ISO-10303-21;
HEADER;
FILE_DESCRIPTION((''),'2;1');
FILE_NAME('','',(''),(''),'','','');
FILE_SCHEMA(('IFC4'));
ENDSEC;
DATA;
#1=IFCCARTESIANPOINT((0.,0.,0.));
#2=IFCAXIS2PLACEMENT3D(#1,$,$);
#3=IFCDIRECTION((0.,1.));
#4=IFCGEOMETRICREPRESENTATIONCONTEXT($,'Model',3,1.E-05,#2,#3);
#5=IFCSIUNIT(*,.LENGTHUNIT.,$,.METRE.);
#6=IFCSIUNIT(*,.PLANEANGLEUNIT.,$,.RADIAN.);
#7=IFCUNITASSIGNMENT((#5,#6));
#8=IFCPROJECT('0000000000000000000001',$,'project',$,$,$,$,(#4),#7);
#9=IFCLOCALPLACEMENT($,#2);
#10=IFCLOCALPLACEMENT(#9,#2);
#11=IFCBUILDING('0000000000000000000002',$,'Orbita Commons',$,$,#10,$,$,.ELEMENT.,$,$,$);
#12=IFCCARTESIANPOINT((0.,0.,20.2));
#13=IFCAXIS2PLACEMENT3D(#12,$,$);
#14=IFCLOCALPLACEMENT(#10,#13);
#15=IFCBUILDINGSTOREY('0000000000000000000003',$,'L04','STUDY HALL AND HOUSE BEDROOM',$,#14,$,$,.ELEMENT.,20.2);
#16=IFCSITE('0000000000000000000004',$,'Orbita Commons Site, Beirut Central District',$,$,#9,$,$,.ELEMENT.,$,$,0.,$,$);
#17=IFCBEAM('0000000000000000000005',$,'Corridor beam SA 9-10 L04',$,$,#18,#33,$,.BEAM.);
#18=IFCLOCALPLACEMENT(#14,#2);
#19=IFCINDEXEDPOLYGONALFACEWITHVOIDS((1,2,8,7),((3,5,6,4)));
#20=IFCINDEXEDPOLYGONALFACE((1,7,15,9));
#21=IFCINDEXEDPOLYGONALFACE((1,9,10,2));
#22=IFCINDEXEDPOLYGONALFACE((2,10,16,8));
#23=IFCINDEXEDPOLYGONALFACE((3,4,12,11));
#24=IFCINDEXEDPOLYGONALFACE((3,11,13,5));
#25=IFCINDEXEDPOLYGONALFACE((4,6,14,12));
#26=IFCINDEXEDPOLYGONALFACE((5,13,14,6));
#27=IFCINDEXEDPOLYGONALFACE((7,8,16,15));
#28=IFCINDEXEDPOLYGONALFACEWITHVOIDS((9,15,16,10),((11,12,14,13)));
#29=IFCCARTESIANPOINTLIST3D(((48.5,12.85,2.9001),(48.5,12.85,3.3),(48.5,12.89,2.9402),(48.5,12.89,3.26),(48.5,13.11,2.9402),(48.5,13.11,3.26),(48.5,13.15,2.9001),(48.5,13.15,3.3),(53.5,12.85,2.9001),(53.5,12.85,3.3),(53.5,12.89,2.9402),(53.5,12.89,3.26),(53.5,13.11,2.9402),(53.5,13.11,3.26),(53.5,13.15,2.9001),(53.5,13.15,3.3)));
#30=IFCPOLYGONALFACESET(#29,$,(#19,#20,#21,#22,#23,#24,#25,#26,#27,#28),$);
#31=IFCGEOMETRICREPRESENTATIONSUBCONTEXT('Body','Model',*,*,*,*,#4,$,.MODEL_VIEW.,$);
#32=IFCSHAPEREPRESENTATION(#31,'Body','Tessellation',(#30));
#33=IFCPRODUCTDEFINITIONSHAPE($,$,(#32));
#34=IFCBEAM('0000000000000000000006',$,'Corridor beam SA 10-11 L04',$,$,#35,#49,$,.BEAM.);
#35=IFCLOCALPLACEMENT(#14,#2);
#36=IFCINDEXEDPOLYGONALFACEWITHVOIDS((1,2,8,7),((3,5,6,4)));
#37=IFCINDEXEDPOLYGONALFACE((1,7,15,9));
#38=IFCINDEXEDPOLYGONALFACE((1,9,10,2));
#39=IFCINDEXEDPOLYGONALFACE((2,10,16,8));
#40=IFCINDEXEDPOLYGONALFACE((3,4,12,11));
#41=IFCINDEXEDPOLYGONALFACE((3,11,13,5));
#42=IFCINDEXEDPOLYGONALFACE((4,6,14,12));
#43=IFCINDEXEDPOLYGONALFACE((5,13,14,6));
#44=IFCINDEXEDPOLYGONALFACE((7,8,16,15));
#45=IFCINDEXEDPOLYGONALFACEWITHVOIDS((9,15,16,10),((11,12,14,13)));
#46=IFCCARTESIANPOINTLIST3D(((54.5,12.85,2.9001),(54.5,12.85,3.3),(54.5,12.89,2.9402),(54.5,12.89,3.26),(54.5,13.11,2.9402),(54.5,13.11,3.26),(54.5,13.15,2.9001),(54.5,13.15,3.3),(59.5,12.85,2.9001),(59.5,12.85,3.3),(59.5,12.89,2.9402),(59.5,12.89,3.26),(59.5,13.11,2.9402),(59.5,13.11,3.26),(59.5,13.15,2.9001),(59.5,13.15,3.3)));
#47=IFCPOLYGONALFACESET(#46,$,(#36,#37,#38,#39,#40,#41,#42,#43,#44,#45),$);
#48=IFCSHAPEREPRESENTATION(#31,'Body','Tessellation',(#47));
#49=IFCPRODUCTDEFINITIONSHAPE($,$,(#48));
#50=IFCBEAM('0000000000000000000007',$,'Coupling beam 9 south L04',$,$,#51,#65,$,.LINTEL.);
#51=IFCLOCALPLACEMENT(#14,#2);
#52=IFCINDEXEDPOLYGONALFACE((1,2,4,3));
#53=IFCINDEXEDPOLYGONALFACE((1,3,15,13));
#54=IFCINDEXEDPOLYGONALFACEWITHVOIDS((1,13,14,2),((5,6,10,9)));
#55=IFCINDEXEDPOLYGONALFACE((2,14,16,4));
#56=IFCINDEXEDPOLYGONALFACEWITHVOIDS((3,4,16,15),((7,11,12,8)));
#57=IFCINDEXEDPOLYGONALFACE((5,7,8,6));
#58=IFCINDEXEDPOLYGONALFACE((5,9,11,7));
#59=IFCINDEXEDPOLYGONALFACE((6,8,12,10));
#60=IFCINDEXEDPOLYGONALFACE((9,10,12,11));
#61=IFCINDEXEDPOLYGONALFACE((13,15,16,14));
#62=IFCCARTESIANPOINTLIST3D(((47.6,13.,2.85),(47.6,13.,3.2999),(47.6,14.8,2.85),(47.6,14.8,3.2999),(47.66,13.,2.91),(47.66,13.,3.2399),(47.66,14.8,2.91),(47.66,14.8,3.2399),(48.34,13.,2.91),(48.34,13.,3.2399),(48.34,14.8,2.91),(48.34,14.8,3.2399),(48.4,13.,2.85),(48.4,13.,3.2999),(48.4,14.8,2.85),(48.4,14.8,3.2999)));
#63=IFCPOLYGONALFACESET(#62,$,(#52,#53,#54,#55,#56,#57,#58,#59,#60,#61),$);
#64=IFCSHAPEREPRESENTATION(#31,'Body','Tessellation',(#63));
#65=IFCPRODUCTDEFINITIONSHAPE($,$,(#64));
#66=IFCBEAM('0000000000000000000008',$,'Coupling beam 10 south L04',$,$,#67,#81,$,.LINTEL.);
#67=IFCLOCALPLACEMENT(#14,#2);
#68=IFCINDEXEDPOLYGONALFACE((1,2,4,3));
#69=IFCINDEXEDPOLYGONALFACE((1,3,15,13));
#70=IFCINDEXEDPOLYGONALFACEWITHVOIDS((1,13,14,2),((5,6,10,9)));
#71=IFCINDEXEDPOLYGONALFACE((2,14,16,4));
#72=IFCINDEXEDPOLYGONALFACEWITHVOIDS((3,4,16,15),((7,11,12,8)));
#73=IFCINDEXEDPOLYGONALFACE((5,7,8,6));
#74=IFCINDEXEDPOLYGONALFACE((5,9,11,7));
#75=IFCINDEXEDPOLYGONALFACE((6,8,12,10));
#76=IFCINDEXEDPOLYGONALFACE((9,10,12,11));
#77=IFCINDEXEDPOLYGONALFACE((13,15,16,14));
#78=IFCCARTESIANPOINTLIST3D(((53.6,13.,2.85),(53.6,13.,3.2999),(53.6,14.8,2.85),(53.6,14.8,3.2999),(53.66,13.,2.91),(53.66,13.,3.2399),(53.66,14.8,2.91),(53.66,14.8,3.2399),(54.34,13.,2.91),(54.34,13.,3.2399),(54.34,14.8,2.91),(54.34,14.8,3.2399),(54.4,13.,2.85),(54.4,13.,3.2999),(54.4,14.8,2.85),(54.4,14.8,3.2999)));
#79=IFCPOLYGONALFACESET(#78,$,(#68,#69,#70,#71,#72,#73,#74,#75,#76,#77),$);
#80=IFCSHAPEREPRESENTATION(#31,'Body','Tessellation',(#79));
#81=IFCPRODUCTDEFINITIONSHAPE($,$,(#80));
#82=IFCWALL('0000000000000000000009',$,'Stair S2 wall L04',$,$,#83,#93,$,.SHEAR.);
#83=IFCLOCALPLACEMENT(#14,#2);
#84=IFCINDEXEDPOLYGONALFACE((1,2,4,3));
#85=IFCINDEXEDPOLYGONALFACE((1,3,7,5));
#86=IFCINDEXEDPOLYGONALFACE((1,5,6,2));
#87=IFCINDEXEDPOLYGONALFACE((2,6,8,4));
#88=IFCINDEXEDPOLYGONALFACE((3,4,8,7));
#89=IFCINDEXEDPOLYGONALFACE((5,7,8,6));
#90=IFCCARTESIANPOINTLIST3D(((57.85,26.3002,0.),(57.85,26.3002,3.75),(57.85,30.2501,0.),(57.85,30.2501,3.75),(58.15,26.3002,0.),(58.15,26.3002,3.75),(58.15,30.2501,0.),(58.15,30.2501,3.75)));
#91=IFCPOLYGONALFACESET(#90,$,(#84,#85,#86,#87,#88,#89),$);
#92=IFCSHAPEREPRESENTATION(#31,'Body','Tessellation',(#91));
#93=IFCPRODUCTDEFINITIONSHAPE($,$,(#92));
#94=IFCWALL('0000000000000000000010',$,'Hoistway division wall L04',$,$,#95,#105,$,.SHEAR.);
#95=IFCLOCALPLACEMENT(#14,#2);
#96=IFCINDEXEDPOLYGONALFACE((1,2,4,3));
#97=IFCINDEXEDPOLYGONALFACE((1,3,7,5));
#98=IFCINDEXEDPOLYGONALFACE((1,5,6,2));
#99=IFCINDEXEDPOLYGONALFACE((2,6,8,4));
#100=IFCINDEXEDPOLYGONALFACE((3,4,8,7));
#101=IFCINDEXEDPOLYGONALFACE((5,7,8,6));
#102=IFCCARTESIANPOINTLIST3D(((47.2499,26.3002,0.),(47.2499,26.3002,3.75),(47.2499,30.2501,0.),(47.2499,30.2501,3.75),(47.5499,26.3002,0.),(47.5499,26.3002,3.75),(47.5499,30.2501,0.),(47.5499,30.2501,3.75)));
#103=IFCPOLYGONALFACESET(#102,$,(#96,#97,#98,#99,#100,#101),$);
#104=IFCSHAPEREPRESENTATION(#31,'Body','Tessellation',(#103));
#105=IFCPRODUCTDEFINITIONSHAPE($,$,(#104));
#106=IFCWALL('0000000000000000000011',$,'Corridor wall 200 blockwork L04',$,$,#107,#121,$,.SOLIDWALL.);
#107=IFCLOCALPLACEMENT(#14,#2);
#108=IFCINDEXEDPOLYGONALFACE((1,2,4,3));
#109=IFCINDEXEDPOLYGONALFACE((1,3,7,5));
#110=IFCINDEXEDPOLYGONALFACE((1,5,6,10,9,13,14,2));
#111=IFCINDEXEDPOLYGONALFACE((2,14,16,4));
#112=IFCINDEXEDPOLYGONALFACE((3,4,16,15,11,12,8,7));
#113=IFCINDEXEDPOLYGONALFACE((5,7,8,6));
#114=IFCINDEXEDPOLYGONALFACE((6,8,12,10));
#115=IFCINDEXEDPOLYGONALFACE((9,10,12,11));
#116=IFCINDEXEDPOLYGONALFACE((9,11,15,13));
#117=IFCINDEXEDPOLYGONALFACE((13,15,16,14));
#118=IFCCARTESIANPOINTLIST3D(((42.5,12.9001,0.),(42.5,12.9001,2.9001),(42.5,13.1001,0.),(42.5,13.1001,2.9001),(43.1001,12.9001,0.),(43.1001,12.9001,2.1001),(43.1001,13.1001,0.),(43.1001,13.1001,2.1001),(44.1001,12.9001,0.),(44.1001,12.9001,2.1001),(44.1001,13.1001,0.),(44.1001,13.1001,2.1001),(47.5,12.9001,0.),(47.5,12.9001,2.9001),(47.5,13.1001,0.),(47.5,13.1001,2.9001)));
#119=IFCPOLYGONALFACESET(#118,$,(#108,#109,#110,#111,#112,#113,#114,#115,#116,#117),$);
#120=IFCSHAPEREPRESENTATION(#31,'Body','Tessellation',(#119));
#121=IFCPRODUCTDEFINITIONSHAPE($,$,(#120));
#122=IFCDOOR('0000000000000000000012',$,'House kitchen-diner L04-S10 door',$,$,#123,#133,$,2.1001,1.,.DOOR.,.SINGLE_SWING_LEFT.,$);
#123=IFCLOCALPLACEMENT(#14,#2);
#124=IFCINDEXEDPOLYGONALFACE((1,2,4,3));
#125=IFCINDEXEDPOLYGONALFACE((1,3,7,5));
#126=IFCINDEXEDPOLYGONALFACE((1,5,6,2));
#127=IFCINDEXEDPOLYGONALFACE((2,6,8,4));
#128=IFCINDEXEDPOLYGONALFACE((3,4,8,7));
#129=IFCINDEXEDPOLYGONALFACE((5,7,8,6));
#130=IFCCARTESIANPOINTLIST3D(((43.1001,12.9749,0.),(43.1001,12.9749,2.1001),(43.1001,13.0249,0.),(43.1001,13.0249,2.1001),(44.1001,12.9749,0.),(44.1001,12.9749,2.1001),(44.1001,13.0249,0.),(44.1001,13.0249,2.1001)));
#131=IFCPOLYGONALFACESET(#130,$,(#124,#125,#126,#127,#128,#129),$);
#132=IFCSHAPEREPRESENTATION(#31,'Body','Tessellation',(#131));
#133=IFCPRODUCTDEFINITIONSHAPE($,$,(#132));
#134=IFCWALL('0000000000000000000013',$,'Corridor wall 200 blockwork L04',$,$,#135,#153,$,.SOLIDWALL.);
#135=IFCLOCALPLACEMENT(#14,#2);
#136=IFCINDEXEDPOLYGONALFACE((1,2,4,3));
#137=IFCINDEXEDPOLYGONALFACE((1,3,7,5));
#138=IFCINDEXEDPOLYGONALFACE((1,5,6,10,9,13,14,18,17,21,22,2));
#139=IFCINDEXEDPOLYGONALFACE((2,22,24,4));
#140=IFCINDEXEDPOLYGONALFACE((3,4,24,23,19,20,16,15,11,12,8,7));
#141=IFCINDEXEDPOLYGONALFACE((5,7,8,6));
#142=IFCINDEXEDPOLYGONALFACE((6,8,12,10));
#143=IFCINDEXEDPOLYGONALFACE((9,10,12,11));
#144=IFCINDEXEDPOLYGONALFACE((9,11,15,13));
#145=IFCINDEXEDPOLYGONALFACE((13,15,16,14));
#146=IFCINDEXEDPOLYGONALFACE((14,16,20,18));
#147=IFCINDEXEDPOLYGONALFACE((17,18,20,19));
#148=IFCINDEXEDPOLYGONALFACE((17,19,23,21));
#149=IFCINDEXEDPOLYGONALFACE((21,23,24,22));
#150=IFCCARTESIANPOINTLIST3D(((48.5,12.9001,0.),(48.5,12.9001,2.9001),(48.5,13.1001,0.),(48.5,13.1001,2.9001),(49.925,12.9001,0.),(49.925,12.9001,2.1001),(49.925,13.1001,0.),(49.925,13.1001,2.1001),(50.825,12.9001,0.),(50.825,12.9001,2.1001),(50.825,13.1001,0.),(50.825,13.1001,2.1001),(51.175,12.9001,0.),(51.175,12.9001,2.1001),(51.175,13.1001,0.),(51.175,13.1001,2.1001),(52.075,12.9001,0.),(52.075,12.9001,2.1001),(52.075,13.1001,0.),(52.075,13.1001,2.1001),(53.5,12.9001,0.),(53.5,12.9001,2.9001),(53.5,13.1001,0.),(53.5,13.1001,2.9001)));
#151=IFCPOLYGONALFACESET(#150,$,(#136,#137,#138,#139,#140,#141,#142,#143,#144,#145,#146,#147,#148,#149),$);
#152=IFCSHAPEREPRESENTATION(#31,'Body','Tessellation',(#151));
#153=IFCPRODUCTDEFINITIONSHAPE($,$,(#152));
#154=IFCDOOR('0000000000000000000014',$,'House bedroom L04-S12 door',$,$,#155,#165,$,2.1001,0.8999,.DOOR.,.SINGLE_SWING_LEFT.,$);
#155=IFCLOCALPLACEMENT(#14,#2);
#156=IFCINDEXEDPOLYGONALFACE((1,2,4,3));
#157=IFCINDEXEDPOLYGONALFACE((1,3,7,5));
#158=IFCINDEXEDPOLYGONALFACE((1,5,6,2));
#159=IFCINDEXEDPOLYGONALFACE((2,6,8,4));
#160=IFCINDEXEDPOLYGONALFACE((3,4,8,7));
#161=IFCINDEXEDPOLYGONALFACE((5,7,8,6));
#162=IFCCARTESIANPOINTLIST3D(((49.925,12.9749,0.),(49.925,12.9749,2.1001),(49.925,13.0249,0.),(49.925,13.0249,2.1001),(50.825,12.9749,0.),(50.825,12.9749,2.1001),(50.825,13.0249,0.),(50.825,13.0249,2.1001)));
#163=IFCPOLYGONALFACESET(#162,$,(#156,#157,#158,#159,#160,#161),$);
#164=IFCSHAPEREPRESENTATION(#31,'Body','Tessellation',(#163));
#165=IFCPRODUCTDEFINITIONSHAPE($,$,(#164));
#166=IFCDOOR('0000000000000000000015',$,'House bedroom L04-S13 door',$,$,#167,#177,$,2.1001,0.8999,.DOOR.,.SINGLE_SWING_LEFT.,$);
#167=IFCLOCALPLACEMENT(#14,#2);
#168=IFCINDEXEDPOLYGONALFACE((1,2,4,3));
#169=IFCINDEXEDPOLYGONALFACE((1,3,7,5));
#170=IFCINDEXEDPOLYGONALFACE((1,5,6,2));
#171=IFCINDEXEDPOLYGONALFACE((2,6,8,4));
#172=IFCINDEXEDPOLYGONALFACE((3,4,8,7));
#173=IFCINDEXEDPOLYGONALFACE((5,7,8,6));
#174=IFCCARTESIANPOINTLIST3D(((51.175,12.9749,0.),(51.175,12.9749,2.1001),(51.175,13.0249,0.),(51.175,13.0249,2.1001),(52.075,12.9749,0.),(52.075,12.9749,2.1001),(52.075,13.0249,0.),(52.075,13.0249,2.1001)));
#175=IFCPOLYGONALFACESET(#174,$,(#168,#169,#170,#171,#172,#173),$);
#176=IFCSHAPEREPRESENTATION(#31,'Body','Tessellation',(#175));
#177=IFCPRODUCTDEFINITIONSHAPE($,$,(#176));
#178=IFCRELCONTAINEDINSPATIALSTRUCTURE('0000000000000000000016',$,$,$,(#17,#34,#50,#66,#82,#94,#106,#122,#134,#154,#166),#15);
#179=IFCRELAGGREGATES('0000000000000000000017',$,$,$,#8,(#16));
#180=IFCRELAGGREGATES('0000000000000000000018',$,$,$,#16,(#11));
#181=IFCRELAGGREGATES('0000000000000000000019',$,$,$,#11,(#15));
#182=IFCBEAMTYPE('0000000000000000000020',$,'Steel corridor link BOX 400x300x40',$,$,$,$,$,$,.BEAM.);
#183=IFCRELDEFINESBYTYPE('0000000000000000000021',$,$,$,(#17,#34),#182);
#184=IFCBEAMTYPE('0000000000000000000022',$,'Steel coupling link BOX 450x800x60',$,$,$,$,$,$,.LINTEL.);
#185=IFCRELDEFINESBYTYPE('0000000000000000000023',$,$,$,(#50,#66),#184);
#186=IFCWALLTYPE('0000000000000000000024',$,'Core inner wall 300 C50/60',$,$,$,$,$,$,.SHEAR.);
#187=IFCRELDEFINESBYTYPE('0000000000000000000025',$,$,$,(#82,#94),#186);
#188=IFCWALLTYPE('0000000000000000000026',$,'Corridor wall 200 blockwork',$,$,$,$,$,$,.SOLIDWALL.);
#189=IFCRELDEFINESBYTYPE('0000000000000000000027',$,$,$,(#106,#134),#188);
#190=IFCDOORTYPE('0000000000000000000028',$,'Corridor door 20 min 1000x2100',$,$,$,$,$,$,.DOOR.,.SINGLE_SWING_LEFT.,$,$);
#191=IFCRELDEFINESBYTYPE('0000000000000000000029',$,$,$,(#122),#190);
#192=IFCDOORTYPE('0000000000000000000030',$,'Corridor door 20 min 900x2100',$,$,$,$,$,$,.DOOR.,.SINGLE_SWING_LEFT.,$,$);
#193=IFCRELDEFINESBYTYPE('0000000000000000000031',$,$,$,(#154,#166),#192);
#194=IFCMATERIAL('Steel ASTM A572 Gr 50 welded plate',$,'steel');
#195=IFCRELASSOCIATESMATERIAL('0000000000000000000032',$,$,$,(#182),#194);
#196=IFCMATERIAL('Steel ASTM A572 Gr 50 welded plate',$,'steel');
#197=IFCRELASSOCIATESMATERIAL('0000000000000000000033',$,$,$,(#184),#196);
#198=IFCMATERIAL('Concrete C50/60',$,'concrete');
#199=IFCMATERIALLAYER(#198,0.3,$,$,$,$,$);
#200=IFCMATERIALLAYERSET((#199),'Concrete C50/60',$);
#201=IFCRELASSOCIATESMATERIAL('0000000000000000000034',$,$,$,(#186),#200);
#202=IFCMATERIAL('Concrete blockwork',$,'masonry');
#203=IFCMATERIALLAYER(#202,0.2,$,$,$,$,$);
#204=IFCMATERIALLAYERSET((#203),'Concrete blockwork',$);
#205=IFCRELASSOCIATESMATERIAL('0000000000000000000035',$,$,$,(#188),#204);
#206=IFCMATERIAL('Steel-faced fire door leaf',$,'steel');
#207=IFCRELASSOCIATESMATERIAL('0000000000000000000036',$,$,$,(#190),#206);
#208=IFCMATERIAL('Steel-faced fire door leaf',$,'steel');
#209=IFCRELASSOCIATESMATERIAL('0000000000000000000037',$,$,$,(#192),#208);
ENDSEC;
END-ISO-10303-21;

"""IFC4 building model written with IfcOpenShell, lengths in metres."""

from ifc_helpers import new_model, si_unit, direction, frame, frame_2d, origin, origin_2d, place, context, subcontext, project, spatial, polyline, rectangle, hollow_rectangle, outline, extrude, material, layer, layer_set, material_profile, profile_set, type_object, element, fill, save


model = new_model("IFC4")

# Units and contexts
model_context = context("Model", 3, precision=1e-05, world=origin(), true_north=direction((0.0, 1.0)))
body_context = subcontext(model_context, "Body", "Model", "MODEL_VIEW")
ifc_project = project(units=[si_unit("LENGTHUNIT", "METRE"), si_unit("PLANEANGLEUNIT", "RADIAN")], contexts=[model_context])

# Site, building, storey
site_placement = place(None, origin())
site = spatial("IfcSite", under=ifc_project, at=site_placement, Name="Orbita Commons Site, Beirut Central District", CompositionType="ELEMENT", RefElevation=0.0)
building_placement = place(site_placement, origin())
building = spatial("IfcBuilding", under=site, at=building_placement, Name="Orbita Commons", CompositionType="ELEMENT")
storey_placement = place(building_placement, frame((0.0, 0.0, 20.2)))
storey = spatial("IfcBuildingStorey", under=building, at=storey_placement, Name="L04", Description="STUDY HALL AND HOUSE BEDROOM", CompositionType="ELEMENT", Elevation=20.2)

# Beams
ifc_material_1 = material(Name="Steel ASTM A572 Gr 50 welded plate", Category="steel")
ifc_material_profile_1 = material_profile(ifc_material_1, hollow_rectangle(XDim=0.3, YDim=0.3999, WallThickness=0.04, at=origin_2d()), Name="BOX 400x300x40")
ifc_profile_set_1 = profile_set([ifc_material_profile_1], Name="Steel ASTM A572 Gr 50 welded plate")
beam_type_1 = type_object("IfcBeamType", Name="Steel corridor link BOX 400x300x40", PredefinedType="BEAM", material=ifc_profile_set_1)
for number, where, z_axis, x_axis, name in (
    (1, (48.5, 13.0, 3.1001), (1.0, 0.0, 0.0), (0.0, 1.0, 0.0), "Corridor beam SA 9-10 L04"),
    (2, (54.5, 13.0, 3.1001), (1.0, 0.0, 0.0), (0.0, 1.0, 0.0), "Corridor beam SA 10-11 L04"),
):
    element("IfcBeam", number, at=place(storey_placement, frame(where, z_axis=z_axis, x_axis=x_axis)), inside=storey, type_object=beam_type_1, Name=name, PredefinedType="BEAM", context=body_context, shape_type="SweptSolid", body=[
        extrude(hollow_rectangle(XDim=0.3, YDim=0.3999, WallThickness=0.04, at=origin_2d()), origin(), (0.0, 0.0, 1.0), 5.0),
    ])
ifc_material_2 = material(Name="Steel ASTM A572 Gr 50 welded plate", Category="steel")
ifc_material_profile_2 = material_profile(ifc_material_2, hollow_rectangle(XDim=0.8, YDim=0.45, WallThickness=0.0601, at=origin_2d()), Name="BOX 450x800x60")
ifc_profile_set_2 = profile_set([ifc_material_profile_2], Name="Steel ASTM A572 Gr 50 welded plate")
beam_type_2 = type_object("IfcBeamType", Name="Steel coupling link BOX 450x800x60", PredefinedType="LINTEL", material=ifc_profile_set_2)
for number, where, z_axis, x_axis, name in (
    (3, (48.0, 13.0, 3.075), (0.0, 1.0, 0.0), (-1.0, 0.0, 0.0), "Coupling beam 9 south L04"),
    (4, (54.0, 13.0, 3.075), (0.0, 1.0, 0.0), (-1.0, 0.0, 0.0), "Coupling beam 10 south L04"),
):
    element("IfcBeam", number, at=place(storey_placement, frame(where, z_axis=z_axis, x_axis=x_axis)), inside=storey, type_object=beam_type_2, Name=name, PredefinedType="LINTEL", context=body_context, shape_type="SweptSolid", body=[
        extrude(hollow_rectangle(XDim=0.8, YDim=0.45, WallThickness=0.0601, at=origin_2d()), origin(), (0.0, 0.0, 1.0), 1.8),
    ])

# Walls
ifc_material_3 = material(Name="Concrete C50/60", Category="concrete")
ifc_layer_1 = layer(ifc_material_3, 0.3)
ifc_layer_set_1 = layer_set([ifc_layer_1], Name="Concrete C50/60")
wall_type_1 = type_object("IfcWallType", Name="Core inner wall 300 C50/60", PredefinedType="SHEAR", material=ifc_layer_set_1)
for number, where, z_axis, x_axis, name in (
    (5, (58.0, 26.3, 0.0), (0.0, 0.0, 1.0), (0.0, 1.0, 0.0), "Stair S2 wall L04"),
    (6, (47.3999, 26.3, 0.0), (0.0, 0.0, 1.0), (0.0, 1.0, 0.0), "Hoistway division wall L04"),
):
    element("IfcWall", number, at=place(storey_placement, frame(where, z_axis=z_axis, x_axis=x_axis)), inside=storey, type_object=wall_type_1, Name=name, PredefinedType="SHEAR", context=body_context, shape_type="SweptSolid", body=[
        extrude(rectangle(XDim=3.95, YDim=0.3, at=frame_2d((1.9751, 0.0))), origin(), (0.0, 0.0, 1.0), 3.75),
    ])

# Wall, opening, door
ifc_material_4 = material(Name="Concrete blockwork", Category="masonry")
ifc_layer_2 = layer(ifc_material_4, 0.2)
ifc_layer_set_2 = layer_set([ifc_layer_2], Name="Concrete blockwork")
wall_type_2 = type_object("IfcWallType", Name="Corridor wall 200 blockwork", PredefinedType="SOLIDWALL", material=ifc_layer_set_2)
wall_1_placement = place(storey_placement, frame((42.5, 13.0, 0.0), z_axis=(0.0, 0.0, 1.0), x_axis=(1.0, 0.0, 0.0)))
wall_1 = element("IfcWall", 7, at=wall_1_placement, inside=storey, type_object=wall_type_2, Name="Corridor wall 200 blockwork L04", PredefinedType="SOLIDWALL", context=body_context, shape_type="SweptSolid", body=[
    extrude(outline(polyline([(0.0, 0.0), (5.0, 0.0), (5.0, 2.9001), (0.0, 2.9001), (0.0, 0.0)])), frame((0.0, 0.1001, 0.0), z_axis=(0.0, -1.0, 0.0), x_axis=(1.0, 0.0, 0.0)), (0.0, 0.0, 1.0), 0.2),
])
opening_1_placement = place(wall_1_placement, frame((0.6001, 0.0, 0.0)))
opening_1 = element("IfcOpeningElement", 8, at=opening_1_placement, cuts=wall_1, PredefinedType="OPENING", context=body_context, shape_type="SweptSolid", body=[
    extrude(rectangle(XDim=1.0, YDim=2.1001, at=frame_2d((0.5, 1.05))), frame((0.0, 0.1099, 0.0), z_axis=(0.0, -1.0, 0.0), x_axis=(1.0, 0.0, 0.0)), (0.0, 0.0, 1.0), 0.22),
])
ifc_material_5 = material(Name="Steel-faced fire door leaf", Category="steel")
door_type_1 = type_object("IfcDoorType", Name="Corridor door 20 min 1000x2100", OperationType="SINGLE_SWING_LEFT", PredefinedType="DOOR", material=ifc_material_5)
door_1_placement = place(opening_1_placement, origin())
door_1 = element("IfcDoor", 9, at=door_1_placement, inside=storey, type_object=door_type_1, Name="House kitchen-diner L04-S10 door", OperationType="SINGLE_SWING_LEFT", OverallHeight=2.1001, OverallWidth=1.0, PredefinedType="DOOR", context=body_context, shape_type="SweptSolid", body=[
    extrude(rectangle(XDim=1.0, YDim=2.1001, at=frame_2d((0.5, 1.05))), frame((0.0, 0.0249, 0.0), z_axis=(0.0, -1.0, 0.0), x_axis=(1.0, 0.0, 0.0)), (0.0, 0.0, 1.0), 0.05),
])
fill(opening_1, door_1)

# Wall, openings, doors
wall_2_placement = place(storey_placement, frame((48.5, 13.0, 0.0), z_axis=(0.0, 0.0, 1.0), x_axis=(1.0, 0.0, 0.0)))
wall_2 = element("IfcWall", 10, at=wall_2_placement, inside=storey, type_object=wall_type_2, Name="Corridor wall 200 blockwork L04", PredefinedType="SOLIDWALL", context=body_context, shape_type="SweptSolid", body=[
    extrude(outline(polyline([(0.0, 0.0), (5.0, 0.0), (5.0, 2.9001), (0.0, 2.9001), (0.0, 0.0)])), frame((0.0, 0.1001, 0.0), z_axis=(0.0, -1.0, 0.0), x_axis=(1.0, 0.0, 0.0)), (0.0, 0.0, 1.0), 0.2),
])
opening_2_placement = place(wall_2_placement, frame((1.425, 0.0, 0.0)))
opening_2 = element("IfcOpeningElement", 11, at=opening_2_placement, cuts=wall_2, PredefinedType="OPENING", context=body_context, shape_type="SweptSolid", body=[
    extrude(rectangle(XDim=0.8999, YDim=2.1001, at=frame_2d((0.45, 1.05))), frame((0.0, 0.1099, 0.0), z_axis=(0.0, -1.0, 0.0), x_axis=(1.0, 0.0, 0.0)), (0.0, 0.0, 1.0), 0.22),
])
opening_3_placement = place(wall_2_placement, frame((2.675, 0.0, 0.0)))
opening_3 = element("IfcOpeningElement", 12, at=opening_3_placement, cuts=wall_2, PredefinedType="OPENING", context=body_context, shape_type="SweptSolid", body=[
    extrude(rectangle(XDim=0.8999, YDim=2.1001, at=frame_2d((0.45, 1.05))), frame((0.0, 0.1099, 0.0), z_axis=(0.0, -1.0, 0.0), x_axis=(1.0, 0.0, 0.0)), (0.0, 0.0, 1.0), 0.22),
])
ifc_material_6 = material(Name="Steel-faced fire door leaf", Category="steel")
door_type_2 = type_object("IfcDoorType", Name="Corridor door 20 min 900x2100", OperationType="SINGLE_SWING_LEFT", PredefinedType="DOOR", material=ifc_material_6)
door_2_placement = place(opening_2_placement, origin())
door_2 = element("IfcDoor", 13, at=door_2_placement, inside=storey, type_object=door_type_2, Name="House bedroom L04-S12 door", OperationType="SINGLE_SWING_LEFT", OverallHeight=2.1001, OverallWidth=0.8999, PredefinedType="DOOR", context=body_context, shape_type="SweptSolid", body=[
    extrude(rectangle(XDim=0.8999, YDim=2.1001, at=frame_2d((0.45, 1.05))), frame((0.0, 0.0249, 0.0), z_axis=(0.0, -1.0, 0.0), x_axis=(1.0, 0.0, 0.0)), (0.0, 0.0, 1.0), 0.05),
])
fill(opening_2, door_2)
door_3_placement = place(opening_3_placement, origin())
door_3 = element("IfcDoor", 14, at=door_3_placement, inside=storey, type_object=door_type_2, Name="House bedroom L04-S13 door", OperationType="SINGLE_SWING_LEFT", OverallHeight=2.1001, OverallWidth=0.8999, PredefinedType="DOOR", context=body_context, shape_type="SweptSolid", body=[
    extrude(rectangle(XDim=0.8999, YDim=2.1001, at=frame_2d((0.45, 1.05))), frame((0.0, 0.0249, 0.0), z_axis=(0.0, -1.0, 0.0), x_axis=(1.0, 0.0, 0.0)), (0.0, 0.0, 1.0), 0.05),
])
fill(opening_3, door_3)

save(model, "model.ifc")
